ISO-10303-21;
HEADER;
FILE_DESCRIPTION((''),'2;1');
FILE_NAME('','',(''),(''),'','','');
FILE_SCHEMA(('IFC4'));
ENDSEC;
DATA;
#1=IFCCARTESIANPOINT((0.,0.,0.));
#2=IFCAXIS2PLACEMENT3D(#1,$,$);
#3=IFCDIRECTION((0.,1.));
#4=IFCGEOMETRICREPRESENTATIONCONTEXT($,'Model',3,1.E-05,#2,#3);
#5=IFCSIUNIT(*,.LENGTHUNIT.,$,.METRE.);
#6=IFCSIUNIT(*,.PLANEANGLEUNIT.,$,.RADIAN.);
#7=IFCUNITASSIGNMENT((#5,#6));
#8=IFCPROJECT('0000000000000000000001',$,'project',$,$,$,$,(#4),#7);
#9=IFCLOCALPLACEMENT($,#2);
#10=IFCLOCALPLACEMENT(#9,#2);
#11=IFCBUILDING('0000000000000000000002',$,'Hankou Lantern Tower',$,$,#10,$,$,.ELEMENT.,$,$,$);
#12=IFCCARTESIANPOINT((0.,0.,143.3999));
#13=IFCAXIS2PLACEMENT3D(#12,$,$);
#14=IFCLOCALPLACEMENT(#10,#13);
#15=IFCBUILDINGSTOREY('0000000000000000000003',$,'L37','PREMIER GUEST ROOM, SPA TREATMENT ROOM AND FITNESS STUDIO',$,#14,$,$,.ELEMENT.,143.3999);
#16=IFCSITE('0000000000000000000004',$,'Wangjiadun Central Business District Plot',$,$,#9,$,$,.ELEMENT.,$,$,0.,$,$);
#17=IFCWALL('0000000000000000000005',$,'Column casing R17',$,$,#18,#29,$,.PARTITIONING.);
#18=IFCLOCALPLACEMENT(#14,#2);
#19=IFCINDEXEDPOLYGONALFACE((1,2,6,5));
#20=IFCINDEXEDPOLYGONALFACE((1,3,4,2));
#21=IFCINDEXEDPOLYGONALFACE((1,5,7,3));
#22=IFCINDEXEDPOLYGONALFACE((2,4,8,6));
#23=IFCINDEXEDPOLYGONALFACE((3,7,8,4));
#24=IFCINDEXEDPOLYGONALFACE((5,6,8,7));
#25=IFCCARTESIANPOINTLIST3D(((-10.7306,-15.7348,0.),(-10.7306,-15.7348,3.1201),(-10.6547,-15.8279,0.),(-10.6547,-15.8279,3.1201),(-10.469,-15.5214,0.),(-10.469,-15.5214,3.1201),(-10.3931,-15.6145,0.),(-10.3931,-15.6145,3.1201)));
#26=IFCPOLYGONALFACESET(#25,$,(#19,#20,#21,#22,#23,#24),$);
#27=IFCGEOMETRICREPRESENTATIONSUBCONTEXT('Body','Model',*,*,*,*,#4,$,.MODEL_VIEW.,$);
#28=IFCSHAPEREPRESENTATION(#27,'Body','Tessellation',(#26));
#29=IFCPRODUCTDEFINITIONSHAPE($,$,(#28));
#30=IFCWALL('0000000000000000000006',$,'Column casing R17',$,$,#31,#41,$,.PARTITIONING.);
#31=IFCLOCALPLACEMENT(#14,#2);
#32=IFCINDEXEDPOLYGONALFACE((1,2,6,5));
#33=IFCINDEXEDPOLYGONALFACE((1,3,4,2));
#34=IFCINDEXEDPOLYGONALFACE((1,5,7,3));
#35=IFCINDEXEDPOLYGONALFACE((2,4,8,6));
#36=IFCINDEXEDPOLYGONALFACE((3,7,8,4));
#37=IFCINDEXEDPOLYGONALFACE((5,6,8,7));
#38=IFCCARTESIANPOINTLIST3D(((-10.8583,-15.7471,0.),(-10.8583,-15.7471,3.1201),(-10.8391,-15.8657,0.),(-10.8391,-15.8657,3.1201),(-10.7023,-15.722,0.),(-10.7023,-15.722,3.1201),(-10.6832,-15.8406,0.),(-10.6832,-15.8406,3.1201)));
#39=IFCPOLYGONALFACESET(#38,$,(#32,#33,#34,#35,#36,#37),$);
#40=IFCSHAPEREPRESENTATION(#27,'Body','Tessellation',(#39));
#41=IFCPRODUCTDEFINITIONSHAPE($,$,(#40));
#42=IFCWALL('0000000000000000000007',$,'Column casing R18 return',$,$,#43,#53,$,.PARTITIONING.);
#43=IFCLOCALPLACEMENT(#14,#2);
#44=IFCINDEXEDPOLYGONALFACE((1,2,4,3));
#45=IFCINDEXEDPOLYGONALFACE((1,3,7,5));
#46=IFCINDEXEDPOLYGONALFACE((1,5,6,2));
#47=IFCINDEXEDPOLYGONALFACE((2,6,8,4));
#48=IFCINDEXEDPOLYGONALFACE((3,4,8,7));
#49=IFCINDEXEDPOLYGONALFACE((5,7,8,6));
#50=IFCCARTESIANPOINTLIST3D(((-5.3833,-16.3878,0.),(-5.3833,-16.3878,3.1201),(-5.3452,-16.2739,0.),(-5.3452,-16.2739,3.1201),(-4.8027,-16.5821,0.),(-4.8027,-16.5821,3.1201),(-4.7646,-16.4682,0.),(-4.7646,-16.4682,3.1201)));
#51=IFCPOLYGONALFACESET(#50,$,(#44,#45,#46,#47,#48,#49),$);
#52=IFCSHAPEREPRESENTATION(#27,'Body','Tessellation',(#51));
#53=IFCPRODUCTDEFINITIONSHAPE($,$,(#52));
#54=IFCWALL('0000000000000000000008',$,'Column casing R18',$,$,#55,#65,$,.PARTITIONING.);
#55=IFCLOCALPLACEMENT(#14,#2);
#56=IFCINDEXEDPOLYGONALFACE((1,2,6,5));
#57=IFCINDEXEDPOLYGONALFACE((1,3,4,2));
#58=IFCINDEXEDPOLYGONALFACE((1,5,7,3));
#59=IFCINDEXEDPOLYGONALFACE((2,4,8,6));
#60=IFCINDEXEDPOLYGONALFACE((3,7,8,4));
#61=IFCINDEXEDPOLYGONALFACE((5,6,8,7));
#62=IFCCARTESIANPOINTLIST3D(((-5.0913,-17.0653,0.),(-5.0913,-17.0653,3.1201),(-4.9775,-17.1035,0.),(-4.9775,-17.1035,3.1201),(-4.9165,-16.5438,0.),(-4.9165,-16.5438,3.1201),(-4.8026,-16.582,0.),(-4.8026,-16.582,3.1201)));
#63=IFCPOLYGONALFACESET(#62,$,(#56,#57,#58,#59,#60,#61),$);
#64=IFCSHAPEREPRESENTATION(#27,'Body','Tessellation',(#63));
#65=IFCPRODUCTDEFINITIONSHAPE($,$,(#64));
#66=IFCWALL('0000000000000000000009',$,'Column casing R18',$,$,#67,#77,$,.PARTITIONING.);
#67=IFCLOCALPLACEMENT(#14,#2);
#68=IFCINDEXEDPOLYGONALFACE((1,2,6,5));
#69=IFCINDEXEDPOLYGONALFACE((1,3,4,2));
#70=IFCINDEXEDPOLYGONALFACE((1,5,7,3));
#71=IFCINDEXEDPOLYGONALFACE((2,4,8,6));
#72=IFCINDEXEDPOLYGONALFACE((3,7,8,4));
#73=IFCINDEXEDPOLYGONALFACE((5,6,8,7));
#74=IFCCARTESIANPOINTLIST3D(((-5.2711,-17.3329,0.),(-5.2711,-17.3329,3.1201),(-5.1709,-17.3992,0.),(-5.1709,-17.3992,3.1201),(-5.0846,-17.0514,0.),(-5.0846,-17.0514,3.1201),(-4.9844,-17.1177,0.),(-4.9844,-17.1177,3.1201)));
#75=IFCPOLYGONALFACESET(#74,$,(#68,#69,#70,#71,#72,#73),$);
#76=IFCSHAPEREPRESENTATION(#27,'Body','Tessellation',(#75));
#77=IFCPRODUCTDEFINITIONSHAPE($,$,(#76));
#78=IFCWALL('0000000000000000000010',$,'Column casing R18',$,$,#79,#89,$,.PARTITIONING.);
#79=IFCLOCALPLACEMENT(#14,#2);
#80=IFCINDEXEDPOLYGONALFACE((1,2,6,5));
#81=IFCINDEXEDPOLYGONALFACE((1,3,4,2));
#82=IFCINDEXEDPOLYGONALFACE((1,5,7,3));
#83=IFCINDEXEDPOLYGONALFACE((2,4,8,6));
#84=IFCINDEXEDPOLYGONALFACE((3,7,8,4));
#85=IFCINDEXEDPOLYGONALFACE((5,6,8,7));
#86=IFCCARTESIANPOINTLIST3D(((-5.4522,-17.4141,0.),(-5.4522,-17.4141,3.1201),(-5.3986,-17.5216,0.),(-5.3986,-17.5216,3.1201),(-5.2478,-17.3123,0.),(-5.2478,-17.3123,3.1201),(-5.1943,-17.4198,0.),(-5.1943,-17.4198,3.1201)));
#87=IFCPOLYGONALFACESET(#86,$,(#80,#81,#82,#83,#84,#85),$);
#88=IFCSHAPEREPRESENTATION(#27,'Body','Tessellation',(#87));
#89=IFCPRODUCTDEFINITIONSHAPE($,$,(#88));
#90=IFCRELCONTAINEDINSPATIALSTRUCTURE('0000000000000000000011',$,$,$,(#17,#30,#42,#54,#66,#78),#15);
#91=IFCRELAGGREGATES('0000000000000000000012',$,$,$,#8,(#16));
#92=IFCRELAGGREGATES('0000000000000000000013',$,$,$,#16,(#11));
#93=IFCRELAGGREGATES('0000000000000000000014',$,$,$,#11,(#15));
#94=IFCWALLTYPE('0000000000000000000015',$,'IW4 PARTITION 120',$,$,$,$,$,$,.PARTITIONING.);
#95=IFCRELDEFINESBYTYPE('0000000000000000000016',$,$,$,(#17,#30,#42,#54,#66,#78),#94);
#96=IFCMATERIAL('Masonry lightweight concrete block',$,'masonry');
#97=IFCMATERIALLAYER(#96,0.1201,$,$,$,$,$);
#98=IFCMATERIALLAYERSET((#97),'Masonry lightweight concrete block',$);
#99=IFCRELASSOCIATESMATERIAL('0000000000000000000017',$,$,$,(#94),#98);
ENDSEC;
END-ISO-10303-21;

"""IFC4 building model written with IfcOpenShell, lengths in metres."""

from ifc_helpers import new_model, si_unit, direction, frame, frame_2d, origin, place, context, subcontext, project, spatial, rectangle, extrude, material, layer, layer_set, type_object, element, save


model = new_model("IFC4")

# Units and contexts
model_context = context("Model", 3, precision=1e-05, world=origin(), true_north=direction((0.0, 1.0)))
body_context = subcontext(model_context, "Body", "Model", "MODEL_VIEW")
ifc_project = project(units=[si_unit("LENGTHUNIT", "METRE"), si_unit("PLANEANGLEUNIT", "RADIAN")], contexts=[model_context])

# Site, building, storey
site_placement = place(None, origin())
site = spatial("IfcSite", under=ifc_project, at=site_placement, Name="Wangjiadun Central Business District Plot", CompositionType="ELEMENT", RefElevation=0.0)
building_placement = place(site_placement, origin())
building = spatial("IfcBuilding", under=site, at=building_placement, Name="Hankou Lantern Tower", CompositionType="ELEMENT")
storey_placement = place(building_placement, frame((0.0, 0.0, 143.3999)))
storey = spatial("IfcBuildingStorey", under=building, at=storey_placement, Name="L37", Description="PREMIER GUEST ROOM, SPA TREATMENT ROOM AND FITNESS STUDIO", CompositionType="ELEMENT", Elevation=143.3999)

# Walls
ifc_material_1 = material(Name="Masonry lightweight concrete block", Category="masonry")
ifc_layer_1 = layer(ifc_material_1, 0.1201)
ifc_layer_set_1 = layer_set([ifc_layer_1], Name="Masonry lightweight concrete block")
wall_type_1 = type_object("IfcWallType", Name="IW4 PARTITION 120", PredefinedType="PARTITIONING", material=ifc_layer_set_1)
wall_1_placement = place(storey_placement, frame((-10.4309, -15.5679, 0.0), z_axis=(0.0, 0.0, 1.0), x_axis=(-0.775051, -0.631898, 0.0)))
element("IfcWall", 1, at=wall_1_placement, inside=storey, type_object=wall_type_1, Name="Column casing R17", PredefinedType="PARTITIONING", context=body_context, shape_type="SweptSolid", body=[
    extrude(rectangle(XDim=0.3376, YDim=0.1201, at=frame_2d((0.1689, 0.0))), origin(), (0.0, 0.0, 1.0), 3.1201),
])
wall_2_placement = place(storey_placement, frame((-10.6926, -15.7812, 0.0), z_axis=(0.0, 0.0, 1.0), x_axis=(-0.987257, -0.159135, 0.0)))
element("IfcWall", 2, at=wall_2_placement, inside=storey, type_object=wall_type_1, Name="Column casing R17", PredefinedType="PARTITIONING", context=body_context, shape_type="SweptSolid", body=[
    extrude(rectangle(XDim=0.158, YDim=0.1201, at=frame_2d((0.0791, 0.0))), origin(), (0.0, 0.0, 1.0), 3.1201),
])
wall_3_placement = place(storey_placement, frame((-5.3643, -16.3308, 0.0), z_axis=(0.0, 0.0, 1.0), x_axis=(0.948284, -0.317424, 0.0)))
element("IfcWall", 3, at=wall_3_placement, inside=storey, type_object=wall_type_1, Name="Column casing R18 return", PredefinedType="PARTITIONING", context=body_context, shape_type="SweptSolid", body=[
    extrude(rectangle(XDim=0.6123, YDim=0.1201, at=frame_2d((0.3062, 0.0))), origin(), (0.0, 0.0, 1.0), 3.1201),
])
wall_4_placement = place(storey_placement, frame((-4.8596, -16.563, 0.0), z_axis=(0.0, 0.0, 1.0), x_axis=(-0.317825, -0.948149, 0.0)))
element("IfcWall", 4, at=wall_4_placement, inside=storey, type_object=wall_type_1, Name="Column casing R18", PredefinedType="PARTITIONING", context=body_context, shape_type="SweptSolid", body=[
    extrude(rectangle(XDim=0.55, YDim=0.1201, at=frame_2d((0.2749, 0.0))), origin(), (0.0, 0.0, 1.0), 3.1201),
])
wall_5_placement = place(storey_placement, frame((-5.0344, -17.0845, 0.0), z_axis=(0.0, 0.0, 1.0), x_axis=(-0.552362, -0.833604, 0.0)))
element("IfcWall", 5, at=wall_5_placement, inside=storey, type_object=wall_type_1, Name="Column casing R18", PredefinedType="PARTITIONING", context=body_context, shape_type="SweptSolid", body=[
    extrude(rectangle(XDim=0.3376, YDim=0.1201, at=frame_2d((0.1689, 0.0))), origin(), (0.0, 0.0, 1.0), 3.1201),
])
wall_6_placement = place(storey_placement, frame((-5.2209, -17.366, 0.0), z_axis=(0.0, 0.0, 1.0), x_axis=(-0.895068, -0.44593, 0.0)))
element("IfcWall", 6, at=wall_6_placement, inside=storey, type_object=wall_type_1, Name="Column casing R18", PredefinedType="PARTITIONING", context=body_context, shape_type="SweptSolid", body=[
    extrude(rectangle(XDim=0.2283, YDim=0.1201, at=frame_2d((0.1143, 0.0))), origin(), (0.0, 0.0, 1.0), 3.1201),
])

save(model, "model.ifc")
